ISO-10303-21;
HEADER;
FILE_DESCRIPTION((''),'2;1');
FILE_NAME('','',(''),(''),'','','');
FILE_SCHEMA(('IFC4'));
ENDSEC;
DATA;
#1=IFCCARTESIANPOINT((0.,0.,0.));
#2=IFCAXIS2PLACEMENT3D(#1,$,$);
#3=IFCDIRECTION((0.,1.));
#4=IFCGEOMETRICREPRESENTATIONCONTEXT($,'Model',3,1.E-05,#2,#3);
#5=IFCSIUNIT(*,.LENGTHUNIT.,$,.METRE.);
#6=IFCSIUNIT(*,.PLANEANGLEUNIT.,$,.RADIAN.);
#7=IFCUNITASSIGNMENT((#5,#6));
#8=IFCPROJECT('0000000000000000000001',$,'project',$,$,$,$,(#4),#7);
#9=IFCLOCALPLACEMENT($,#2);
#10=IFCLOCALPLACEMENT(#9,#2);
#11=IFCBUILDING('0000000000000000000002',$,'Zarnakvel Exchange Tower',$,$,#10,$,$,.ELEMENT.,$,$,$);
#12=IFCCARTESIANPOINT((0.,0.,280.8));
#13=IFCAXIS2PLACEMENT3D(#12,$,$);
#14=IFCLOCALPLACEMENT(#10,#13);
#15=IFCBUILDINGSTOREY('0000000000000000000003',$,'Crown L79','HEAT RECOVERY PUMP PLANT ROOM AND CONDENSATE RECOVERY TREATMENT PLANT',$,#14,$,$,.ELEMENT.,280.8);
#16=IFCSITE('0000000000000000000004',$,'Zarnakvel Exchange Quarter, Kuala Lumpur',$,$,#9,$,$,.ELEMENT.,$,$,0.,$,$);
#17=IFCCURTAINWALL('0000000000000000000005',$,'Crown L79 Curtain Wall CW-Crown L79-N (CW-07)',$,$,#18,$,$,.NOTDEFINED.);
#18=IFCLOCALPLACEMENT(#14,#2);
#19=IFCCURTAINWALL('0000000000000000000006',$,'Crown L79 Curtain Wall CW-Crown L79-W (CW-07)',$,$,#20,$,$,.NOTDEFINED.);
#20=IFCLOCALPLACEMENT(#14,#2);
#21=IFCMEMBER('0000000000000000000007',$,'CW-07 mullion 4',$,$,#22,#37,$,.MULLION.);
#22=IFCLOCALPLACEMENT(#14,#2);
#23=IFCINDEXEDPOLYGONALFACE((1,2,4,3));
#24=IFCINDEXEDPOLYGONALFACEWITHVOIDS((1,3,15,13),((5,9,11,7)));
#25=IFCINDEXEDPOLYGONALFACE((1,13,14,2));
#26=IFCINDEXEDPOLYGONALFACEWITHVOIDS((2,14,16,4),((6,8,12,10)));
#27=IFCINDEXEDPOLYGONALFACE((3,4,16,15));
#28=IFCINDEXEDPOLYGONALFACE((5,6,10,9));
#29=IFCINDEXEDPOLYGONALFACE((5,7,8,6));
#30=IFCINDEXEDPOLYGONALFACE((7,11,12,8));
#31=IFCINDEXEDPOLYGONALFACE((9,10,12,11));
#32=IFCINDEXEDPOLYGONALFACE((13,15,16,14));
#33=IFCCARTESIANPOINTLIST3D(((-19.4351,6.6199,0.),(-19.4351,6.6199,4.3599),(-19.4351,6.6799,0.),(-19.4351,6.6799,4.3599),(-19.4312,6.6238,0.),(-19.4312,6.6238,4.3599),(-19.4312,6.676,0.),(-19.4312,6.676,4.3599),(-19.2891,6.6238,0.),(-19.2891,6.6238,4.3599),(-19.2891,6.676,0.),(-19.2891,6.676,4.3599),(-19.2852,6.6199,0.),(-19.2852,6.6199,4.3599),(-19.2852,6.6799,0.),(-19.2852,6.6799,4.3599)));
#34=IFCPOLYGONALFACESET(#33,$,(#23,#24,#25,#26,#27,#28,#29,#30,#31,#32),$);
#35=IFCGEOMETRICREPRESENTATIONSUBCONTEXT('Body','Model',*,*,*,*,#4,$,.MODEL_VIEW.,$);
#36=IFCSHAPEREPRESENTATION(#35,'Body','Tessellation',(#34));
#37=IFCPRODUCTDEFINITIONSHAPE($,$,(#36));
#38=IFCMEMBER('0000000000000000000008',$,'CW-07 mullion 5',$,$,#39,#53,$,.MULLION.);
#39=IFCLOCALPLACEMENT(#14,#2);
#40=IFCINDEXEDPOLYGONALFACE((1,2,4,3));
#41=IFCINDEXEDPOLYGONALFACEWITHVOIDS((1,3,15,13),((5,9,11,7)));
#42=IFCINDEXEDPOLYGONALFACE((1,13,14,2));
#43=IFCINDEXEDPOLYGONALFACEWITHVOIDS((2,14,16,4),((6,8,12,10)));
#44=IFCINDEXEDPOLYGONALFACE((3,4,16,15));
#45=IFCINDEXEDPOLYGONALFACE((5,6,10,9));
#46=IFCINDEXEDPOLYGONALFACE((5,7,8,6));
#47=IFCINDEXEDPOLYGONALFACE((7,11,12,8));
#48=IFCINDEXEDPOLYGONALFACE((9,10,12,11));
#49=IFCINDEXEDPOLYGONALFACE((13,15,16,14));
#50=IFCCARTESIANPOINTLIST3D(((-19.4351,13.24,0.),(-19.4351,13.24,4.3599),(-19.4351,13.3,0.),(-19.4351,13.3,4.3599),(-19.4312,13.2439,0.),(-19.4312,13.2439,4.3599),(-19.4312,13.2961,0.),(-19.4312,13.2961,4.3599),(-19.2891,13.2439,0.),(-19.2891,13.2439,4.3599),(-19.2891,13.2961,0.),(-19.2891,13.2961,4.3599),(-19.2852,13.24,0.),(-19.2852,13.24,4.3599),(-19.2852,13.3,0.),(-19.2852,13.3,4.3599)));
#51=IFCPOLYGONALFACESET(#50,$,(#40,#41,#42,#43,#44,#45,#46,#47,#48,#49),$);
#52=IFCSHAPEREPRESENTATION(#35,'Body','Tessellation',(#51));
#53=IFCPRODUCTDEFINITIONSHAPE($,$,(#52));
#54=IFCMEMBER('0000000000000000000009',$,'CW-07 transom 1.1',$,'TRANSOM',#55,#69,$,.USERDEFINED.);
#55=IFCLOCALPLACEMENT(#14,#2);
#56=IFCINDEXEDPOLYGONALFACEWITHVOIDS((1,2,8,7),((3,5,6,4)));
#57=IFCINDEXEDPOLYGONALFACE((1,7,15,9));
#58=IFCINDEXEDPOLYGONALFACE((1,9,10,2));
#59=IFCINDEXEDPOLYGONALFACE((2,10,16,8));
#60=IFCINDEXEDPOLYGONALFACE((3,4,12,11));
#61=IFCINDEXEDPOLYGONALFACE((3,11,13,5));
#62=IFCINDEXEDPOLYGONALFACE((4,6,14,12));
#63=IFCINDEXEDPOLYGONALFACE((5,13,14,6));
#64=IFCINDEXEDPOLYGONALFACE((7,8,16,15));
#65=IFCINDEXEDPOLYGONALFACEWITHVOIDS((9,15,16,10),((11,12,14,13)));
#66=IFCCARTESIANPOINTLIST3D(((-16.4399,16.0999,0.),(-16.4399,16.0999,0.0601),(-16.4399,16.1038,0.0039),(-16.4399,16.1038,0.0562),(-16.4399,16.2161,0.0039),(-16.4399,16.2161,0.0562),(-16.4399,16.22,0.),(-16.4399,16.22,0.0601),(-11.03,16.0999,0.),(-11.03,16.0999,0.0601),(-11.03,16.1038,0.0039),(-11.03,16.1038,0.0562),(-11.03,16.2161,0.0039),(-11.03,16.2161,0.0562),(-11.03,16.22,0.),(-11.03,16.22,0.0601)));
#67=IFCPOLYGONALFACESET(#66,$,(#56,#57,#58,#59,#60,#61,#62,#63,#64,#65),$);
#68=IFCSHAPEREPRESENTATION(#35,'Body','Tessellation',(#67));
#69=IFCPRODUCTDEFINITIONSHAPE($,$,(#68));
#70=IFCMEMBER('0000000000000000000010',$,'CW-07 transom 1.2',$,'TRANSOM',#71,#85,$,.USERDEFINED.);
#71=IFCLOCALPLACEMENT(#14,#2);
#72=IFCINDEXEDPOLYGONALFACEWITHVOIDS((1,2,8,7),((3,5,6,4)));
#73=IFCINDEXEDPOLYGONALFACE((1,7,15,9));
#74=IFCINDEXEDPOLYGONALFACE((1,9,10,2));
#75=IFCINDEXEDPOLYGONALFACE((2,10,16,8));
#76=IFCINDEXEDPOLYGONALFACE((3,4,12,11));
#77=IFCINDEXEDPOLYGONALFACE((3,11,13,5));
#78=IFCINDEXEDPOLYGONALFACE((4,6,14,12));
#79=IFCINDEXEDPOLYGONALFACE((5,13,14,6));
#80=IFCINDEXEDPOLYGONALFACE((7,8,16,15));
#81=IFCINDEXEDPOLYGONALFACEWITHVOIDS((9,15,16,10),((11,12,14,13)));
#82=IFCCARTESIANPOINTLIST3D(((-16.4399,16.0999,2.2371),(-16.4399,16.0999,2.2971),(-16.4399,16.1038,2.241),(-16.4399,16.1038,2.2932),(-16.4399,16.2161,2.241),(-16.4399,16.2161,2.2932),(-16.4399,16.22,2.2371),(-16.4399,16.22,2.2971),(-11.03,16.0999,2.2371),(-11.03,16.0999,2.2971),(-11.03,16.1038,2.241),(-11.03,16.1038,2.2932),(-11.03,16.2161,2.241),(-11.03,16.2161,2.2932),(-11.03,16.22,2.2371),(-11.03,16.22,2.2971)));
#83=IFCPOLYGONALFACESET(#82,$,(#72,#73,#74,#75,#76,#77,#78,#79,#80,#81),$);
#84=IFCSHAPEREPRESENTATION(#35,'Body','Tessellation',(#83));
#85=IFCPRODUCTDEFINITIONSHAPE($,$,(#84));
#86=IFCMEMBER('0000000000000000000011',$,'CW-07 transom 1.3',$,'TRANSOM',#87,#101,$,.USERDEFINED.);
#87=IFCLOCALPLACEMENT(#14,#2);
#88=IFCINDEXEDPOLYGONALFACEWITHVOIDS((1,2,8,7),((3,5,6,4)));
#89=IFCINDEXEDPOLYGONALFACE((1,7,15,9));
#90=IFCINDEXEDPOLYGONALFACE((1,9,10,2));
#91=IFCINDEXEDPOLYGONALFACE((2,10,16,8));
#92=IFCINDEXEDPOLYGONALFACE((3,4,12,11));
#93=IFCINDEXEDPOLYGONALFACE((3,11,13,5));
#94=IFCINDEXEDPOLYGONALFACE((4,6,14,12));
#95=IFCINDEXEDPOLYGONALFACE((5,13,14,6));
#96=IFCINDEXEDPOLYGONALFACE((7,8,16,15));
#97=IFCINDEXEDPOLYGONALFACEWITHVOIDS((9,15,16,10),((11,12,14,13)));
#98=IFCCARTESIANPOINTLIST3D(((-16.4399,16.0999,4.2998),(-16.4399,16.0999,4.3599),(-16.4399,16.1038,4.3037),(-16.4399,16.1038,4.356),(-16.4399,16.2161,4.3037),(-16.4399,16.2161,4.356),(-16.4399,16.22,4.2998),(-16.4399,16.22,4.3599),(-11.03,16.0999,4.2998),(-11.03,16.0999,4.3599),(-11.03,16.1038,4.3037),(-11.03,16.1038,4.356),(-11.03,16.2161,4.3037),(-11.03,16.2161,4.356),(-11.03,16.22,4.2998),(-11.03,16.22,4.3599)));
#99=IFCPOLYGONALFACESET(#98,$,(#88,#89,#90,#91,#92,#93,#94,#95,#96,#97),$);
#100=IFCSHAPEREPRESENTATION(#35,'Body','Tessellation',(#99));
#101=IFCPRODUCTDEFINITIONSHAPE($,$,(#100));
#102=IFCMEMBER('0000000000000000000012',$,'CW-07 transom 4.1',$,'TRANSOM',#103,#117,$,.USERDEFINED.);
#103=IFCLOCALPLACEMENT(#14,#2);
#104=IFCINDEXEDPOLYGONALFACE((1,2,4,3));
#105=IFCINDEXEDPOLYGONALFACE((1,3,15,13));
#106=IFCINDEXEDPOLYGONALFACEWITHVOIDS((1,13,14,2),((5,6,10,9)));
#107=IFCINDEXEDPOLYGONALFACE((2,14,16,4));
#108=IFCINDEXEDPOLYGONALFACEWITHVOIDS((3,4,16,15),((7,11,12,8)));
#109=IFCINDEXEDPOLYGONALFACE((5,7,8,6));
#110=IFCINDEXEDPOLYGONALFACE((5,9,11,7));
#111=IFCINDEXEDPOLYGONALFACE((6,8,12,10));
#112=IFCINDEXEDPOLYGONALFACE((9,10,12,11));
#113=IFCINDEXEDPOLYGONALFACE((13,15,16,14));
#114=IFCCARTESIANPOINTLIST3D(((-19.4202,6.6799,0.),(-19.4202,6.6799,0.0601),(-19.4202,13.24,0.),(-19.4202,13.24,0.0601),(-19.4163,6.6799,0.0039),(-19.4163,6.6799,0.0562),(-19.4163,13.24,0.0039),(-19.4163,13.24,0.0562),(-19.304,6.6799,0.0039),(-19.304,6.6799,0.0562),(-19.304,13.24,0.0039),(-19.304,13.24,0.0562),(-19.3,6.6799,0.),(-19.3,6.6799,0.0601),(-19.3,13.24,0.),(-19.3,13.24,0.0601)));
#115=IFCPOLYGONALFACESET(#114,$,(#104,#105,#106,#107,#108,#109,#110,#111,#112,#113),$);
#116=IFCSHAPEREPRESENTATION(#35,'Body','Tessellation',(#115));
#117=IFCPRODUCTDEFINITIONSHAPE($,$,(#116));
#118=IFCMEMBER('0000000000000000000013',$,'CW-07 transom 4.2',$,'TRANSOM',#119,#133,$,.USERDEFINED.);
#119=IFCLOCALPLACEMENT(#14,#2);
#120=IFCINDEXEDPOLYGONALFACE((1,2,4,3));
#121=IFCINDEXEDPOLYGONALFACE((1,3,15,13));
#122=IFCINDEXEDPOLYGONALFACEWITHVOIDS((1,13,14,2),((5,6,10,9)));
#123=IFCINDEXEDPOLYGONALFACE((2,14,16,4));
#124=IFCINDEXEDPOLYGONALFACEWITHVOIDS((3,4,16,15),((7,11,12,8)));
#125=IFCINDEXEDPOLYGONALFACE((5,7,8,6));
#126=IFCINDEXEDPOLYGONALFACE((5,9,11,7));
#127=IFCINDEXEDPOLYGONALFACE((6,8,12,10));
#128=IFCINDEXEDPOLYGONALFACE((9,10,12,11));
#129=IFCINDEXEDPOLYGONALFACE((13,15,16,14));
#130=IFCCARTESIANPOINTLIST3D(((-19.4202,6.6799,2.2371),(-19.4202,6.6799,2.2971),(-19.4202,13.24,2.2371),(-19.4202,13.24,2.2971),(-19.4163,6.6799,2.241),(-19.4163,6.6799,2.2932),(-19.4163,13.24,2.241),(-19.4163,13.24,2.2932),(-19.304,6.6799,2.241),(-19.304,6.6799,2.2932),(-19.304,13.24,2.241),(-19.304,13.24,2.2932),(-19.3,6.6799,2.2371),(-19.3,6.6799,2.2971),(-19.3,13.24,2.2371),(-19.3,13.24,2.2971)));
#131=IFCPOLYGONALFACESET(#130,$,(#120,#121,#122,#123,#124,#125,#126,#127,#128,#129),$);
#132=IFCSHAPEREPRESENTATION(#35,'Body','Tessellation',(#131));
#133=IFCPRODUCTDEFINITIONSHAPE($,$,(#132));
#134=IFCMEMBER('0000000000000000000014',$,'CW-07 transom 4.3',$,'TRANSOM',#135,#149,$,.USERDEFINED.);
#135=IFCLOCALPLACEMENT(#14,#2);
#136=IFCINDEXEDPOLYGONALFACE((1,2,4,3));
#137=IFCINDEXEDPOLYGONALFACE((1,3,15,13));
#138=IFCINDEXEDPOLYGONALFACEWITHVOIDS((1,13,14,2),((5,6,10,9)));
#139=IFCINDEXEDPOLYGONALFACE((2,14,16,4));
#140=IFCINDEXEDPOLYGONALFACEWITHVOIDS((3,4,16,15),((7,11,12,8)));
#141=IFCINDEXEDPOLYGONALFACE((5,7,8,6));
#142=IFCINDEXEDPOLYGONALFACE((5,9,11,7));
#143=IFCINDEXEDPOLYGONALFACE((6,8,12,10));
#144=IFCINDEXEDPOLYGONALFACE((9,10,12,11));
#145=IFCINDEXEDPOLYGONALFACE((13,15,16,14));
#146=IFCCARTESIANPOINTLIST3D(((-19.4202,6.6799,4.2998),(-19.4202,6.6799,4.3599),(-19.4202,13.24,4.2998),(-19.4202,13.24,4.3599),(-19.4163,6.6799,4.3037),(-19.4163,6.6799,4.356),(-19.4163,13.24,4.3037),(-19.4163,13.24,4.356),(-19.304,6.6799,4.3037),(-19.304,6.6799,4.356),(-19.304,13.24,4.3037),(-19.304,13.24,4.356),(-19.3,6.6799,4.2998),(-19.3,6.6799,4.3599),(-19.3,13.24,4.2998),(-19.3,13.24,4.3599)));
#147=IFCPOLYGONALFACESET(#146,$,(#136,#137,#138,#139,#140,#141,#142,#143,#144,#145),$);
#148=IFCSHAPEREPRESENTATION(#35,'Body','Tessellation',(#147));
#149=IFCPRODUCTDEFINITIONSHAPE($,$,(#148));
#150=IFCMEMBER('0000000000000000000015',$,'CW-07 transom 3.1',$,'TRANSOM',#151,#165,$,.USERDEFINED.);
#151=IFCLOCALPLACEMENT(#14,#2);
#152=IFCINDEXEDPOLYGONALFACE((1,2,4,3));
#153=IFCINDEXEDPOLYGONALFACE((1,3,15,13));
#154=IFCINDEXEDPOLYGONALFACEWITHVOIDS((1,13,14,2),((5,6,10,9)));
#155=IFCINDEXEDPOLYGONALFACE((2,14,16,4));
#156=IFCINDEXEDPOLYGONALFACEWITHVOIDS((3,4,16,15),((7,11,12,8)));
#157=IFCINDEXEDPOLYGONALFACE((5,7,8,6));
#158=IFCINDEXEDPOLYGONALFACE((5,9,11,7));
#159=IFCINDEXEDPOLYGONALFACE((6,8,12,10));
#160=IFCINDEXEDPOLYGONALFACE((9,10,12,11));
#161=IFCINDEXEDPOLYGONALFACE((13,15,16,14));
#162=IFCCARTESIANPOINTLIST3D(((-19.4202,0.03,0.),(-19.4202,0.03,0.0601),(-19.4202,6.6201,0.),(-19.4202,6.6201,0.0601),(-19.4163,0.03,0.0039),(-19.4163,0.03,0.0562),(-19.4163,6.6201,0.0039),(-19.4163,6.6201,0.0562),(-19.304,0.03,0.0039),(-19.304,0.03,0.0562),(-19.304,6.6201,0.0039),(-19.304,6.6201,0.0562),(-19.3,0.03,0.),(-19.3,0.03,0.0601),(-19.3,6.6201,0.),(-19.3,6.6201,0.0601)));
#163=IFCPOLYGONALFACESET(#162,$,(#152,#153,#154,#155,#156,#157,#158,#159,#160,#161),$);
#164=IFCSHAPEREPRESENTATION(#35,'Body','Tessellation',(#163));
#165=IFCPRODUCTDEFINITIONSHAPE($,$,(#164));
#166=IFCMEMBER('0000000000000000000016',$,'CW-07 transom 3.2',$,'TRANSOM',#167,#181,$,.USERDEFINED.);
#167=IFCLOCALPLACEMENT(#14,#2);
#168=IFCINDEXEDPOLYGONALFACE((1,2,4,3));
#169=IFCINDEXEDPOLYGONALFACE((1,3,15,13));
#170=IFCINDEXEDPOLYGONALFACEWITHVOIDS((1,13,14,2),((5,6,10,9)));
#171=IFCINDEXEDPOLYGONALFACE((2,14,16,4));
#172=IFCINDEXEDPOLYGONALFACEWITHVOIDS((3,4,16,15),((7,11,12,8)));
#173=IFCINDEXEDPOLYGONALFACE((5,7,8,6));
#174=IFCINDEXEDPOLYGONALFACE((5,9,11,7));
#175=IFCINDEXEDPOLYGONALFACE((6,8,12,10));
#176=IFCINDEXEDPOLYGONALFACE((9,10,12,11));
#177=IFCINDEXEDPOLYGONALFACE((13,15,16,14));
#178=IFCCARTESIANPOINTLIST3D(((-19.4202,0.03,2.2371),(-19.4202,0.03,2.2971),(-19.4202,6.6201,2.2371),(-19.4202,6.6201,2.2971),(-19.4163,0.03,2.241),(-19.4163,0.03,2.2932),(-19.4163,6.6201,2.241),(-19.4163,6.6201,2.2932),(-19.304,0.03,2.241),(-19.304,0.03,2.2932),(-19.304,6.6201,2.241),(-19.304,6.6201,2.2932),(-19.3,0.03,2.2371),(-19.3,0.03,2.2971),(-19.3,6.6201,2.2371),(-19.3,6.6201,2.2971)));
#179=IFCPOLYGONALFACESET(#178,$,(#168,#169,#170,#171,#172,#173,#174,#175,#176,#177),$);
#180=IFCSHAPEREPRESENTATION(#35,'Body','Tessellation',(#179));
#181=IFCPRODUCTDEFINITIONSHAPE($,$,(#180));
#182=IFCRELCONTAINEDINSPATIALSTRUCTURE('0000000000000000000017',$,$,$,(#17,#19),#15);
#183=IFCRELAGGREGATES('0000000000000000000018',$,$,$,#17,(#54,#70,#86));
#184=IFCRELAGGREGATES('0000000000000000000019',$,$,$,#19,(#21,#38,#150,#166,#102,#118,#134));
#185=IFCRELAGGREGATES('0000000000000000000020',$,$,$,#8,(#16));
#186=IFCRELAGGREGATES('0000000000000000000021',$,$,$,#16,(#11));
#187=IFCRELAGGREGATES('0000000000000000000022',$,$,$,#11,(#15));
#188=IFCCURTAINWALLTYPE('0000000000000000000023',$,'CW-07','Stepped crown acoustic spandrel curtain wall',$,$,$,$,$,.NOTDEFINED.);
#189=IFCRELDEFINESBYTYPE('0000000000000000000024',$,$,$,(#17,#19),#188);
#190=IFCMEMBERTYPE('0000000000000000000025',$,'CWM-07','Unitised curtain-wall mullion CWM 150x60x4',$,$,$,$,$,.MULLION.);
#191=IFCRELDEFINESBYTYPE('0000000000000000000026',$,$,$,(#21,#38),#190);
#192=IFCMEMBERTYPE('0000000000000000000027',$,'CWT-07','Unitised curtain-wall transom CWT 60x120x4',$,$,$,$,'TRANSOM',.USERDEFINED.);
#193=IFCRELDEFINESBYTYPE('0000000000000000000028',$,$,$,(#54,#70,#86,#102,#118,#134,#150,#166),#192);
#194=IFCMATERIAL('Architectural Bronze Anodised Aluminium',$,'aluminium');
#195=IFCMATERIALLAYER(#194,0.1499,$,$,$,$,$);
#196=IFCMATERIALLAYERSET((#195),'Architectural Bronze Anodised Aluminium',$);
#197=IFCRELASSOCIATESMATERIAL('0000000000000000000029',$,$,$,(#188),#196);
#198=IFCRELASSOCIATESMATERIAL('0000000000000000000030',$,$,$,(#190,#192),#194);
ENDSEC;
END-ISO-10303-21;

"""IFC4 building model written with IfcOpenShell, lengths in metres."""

from ifc_helpers import new_model, si_unit, direction, frame, origin, origin_2d, place, context, subcontext, project, spatial, hollow_rectangle, extrude, source, transform, mapped, material, layer, layer_set, material_profile, profile_set, type_object, element, aggregate, save


model = new_model("IFC4")

# Units and contexts
model_context = context("Model", 3, precision=1e-05, world=origin(), true_north=direction((0.0, 1.0)))
body_context = subcontext(model_context, "Body", "Model", "MODEL_VIEW")
ifc_project = project(units=[si_unit("LENGTHUNIT", "METRE"), si_unit("PLANEANGLEUNIT", "RADIAN")], contexts=[model_context])

# Site, building, storey
site_placement = place(None, origin())
site = spatial("IfcSite", under=ifc_project, at=site_placement, Name="Zarnakvel Exchange Quarter, Kuala Lumpur", CompositionType="ELEMENT", RefElevation=0.0)
building_placement = place(site_placement, origin())
building = spatial("IfcBuilding", under=site, at=building_placement, Name="Zarnakvel Exchange Tower", CompositionType="ELEMENT")
storey_placement = place(building_placement, frame((0.0, 0.0, 280.8)))
storey = spatial("IfcBuildingStorey", under=building, at=storey_placement, Name="Crown L79", Description="HEAT RECOVERY PUMP PLANT ROOM AND CONDENSATE RECOVERY TREATMENT PLANT", CompositionType="ELEMENT", Elevation=280.8)

# Curtain wall
ifc_material_1 = material(Name="Architectural Bronze Anodised Aluminium", Category="aluminium")
ifc_layer_1 = layer(ifc_material_1, 0.1499)
ifc_layer_set_1 = layer_set([ifc_layer_1], Name="Architectural Bronze Anodised Aluminium")
curtain_wall_type = type_object("IfcCurtainWallType", Name="CW-07", Description="Stepped crown acoustic spandrel curtain wall", PredefinedType="NOTDEFINED", material=ifc_layer_set_1)
curtain_wall_1_placement = place(storey_placement, origin())
curtain_wall_1 = element("IfcCurtainWall", 1, at=curtain_wall_1_placement, inside=storey, type_object=curtain_wall_type, Name="Crown L79 Curtain Wall CW-Crown L79-N (CW-07)", PredefinedType="NOTDEFINED")
ifc_material_profile_1 = material_profile(ifc_material_1, hollow_rectangle(XDim=0.1499, YDim=0.0601, WallThickness=0.0039, at=origin_2d()))
ifc_profile_set_1 = profile_set([ifc_material_profile_1], Name="Architectural Bronze Anodised Aluminium")
member_type_1 = type_object("IfcMemberType", Name="CWM-07", Description="Unitised curtain-wall mullion CWM 150x60x4", PredefinedType="MULLION", material=ifc_profile_set_1)
shared_shape_1 = source(origin(), body_context, "Body", "SweptSolid", [
    extrude(hollow_rectangle(XDim=0.1499, YDim=0.0601, WallThickness=0.0039, at=origin_2d()), origin(), (0.0, 0.0, 1.0), 4.3599),
])

# Curtain wall, members
curtain_wall_2_placement = place(storey_placement, origin())
curtain_wall_2 = element("IfcCurtainWall", 2, at=curtain_wall_2_placement, inside=storey, type_object=curtain_wall_type, Name="Crown L79 Curtain Wall CW-Crown L79-W (CW-07)", PredefinedType="NOTDEFINED")
member_1_placement = place(storey_placement, frame((-19.3601, 6.6499, 0.0), z_axis=(0.0, 0.0, 1.0), x_axis=(-1.0, 0.0, 0.0)))
member_1 = element("IfcMember", 3, at=member_1_placement, type_object=member_type_1, Name="CW-07 mullion 4", PredefinedType="MULLION", context=body_context, shape_type="MappedRepresentation", body=[
    mapped(shared_shape_1, transform((0.0, 0.0, 0.0), x_axis=(1.0, 0.0, 0.0), y_axis=(0.0, 1.0, 0.0), z_axis=(0.0, 0.0, 1.0), scale=1.0)),
])
member_2_placement = place(storey_placement, frame((-19.3601, 13.27, 0.0), z_axis=(0.0, 0.0, 1.0), x_axis=(-1.0, 0.0, 0.0)))
member_2 = element("IfcMember", 4, at=member_2_placement, type_object=member_type_1, Name="CW-07 mullion 5", PredefinedType="MULLION", context=body_context, shape_type="MappedRepresentation", body=[
    mapped(shared_shape_1, transform((0.0, 0.0, 0.0), x_axis=(1.0, 0.0, 0.0), y_axis=(0.0, 1.0, 0.0), z_axis=(0.0, 0.0, 1.0), scale=1.0)),
])

# Members
ifc_material_profile_2 = material_profile(ifc_material_1, hollow_rectangle(XDim=0.1201, YDim=0.0601, WallThickness=0.0039, at=origin_2d()))
ifc_profile_set_2 = profile_set([ifc_material_profile_2], Name="Architectural Bronze Anodised Aluminium")
member_type_2 = type_object("IfcMemberType", Name="CWT-07", Description="Unitised curtain-wall transom CWT 60x120x4", ElementType="TRANSOM", PredefinedType="USERDEFINED", material=ifc_profile_set_2)
shared_shape_2 = source(origin(), body_context, "Body", "SweptSolid", [
    extrude(hollow_rectangle(XDim=0.1201, YDim=0.0601, WallThickness=0.0039, at=origin_2d()), origin(), (0.0, 0.0, 1.0), 5.4099),
])
member_3_placement = place(storey_placement, frame((-16.4399, 16.1599, 0.03), z_axis=(1.0, 0.0, 0.0), x_axis=(0.0, 1.0, 0.0)))
member_3 = element("IfcMember", 5, at=member_3_placement, type_object=member_type_2, Name="CW-07 transom 1.1", ObjectType="TRANSOM", PredefinedType="USERDEFINED", context=body_context, shape_type="MappedRepresentation", body=[
    mapped(shared_shape_2, transform((0.0, 0.0, 0.0), x_axis=(1.0, 0.0, 0.0), y_axis=(0.0, 1.0, 0.0), z_axis=(0.0, 0.0, 1.0), scale=1.0)),
])
member_4_placement = place(storey_placement, frame((-16.4399, 16.1599, 2.2671), z_axis=(1.0, 0.0, 0.0), x_axis=(0.0, 1.0, 0.0)))
member_4 = element("IfcMember", 6, at=member_4_placement, type_object=member_type_2, Name="CW-07 transom 1.2", ObjectType="TRANSOM", PredefinedType="USERDEFINED", context=body_context, shape_type="MappedRepresentation", body=[
    mapped(shared_shape_2, transform((0.0, 0.0, 0.0), x_axis=(1.0, 0.0, 0.0), y_axis=(0.0, 1.0, 0.0), z_axis=(0.0, 0.0, 1.0), scale=1.0)),
])
member_5_placement = place(storey_placement, frame((-16.4399, 16.1599, 4.3298), z_axis=(1.0, 0.0, 0.0), x_axis=(0.0, 1.0, 0.0)))
member_5 = element("IfcMember", 7, at=member_5_placement, type_object=member_type_2, Name="CW-07 transom 1.3", ObjectType="TRANSOM", PredefinedType="USERDEFINED", context=body_context, shape_type="MappedRepresentation", body=[
    mapped(shared_shape_2, transform((0.0, 0.0, 0.0), x_axis=(1.0, 0.0, 0.0), y_axis=(0.0, 1.0, 0.0), z_axis=(0.0, 0.0, 1.0), scale=1.0)),
])
shared_shape_3 = source(origin(), body_context, "Body", "SweptSolid", [
    extrude(hollow_rectangle(XDim=0.1201, YDim=0.0601, WallThickness=0.0039, at=origin_2d()), origin(), (0.0, 0.0, 1.0), 6.5601),
])
member_6_placement = place(storey_placement, frame((-19.3601, 6.6799, 0.03), z_axis=(0.0, 1.0, 0.0), x_axis=(-1.0, 0.0, 0.0)))
member_6 = element("IfcMember", 8, at=member_6_placement, type_object=member_type_2, Name="CW-07 transom 4.1", ObjectType="TRANSOM", PredefinedType="USERDEFINED", context=body_context, shape_type="MappedRepresentation", body=[
    mapped(shared_shape_3, transform((0.0, 0.0, 0.0), x_axis=(1.0, 0.0, 0.0), y_axis=(0.0, 1.0, 0.0), z_axis=(0.0, 0.0, 1.0), scale=1.0)),
])
member_7_placement = place(storey_placement, frame((-19.3601, 6.6799, 2.2671), z_axis=(0.0, 1.0, 0.0), x_axis=(-1.0, 0.0, 0.0)))
member_7 = element("IfcMember", 9, at=member_7_placement, type_object=member_type_2, Name="CW-07 transom 4.2", ObjectType="TRANSOM", PredefinedType="USERDEFINED", context=body_context, shape_type="MappedRepresentation", body=[
    mapped(shared_shape_3, transform((0.0, 0.0, 0.0), x_axis=(1.0, 0.0, 0.0), y_axis=(0.0, 1.0, 0.0), z_axis=(0.0, 0.0, 1.0), scale=1.0)),
])
member_8_placement = place(storey_placement, frame((-19.3601, 6.6799, 4.3298), z_axis=(0.0, 1.0, 0.0), x_axis=(-1.0, 0.0, 0.0)))
member_8 = element("IfcMember", 10, at=member_8_placement, type_object=member_type_2, Name="CW-07 transom 4.3", ObjectType="TRANSOM", PredefinedType="USERDEFINED", context=body_context, shape_type="MappedRepresentation", body=[
    mapped(shared_shape_3, transform((0.0, 0.0, 0.0), x_axis=(1.0, 0.0, 0.0), y_axis=(0.0, 1.0, 0.0), z_axis=(0.0, 0.0, 1.0), scale=1.0)),
])
shared_shape_4 = source(origin(), body_context, "Body", "SweptSolid", [
    extrude(hollow_rectangle(XDim=0.1201, YDim=0.0601, WallThickness=0.0039, at=origin_2d()), origin(), (0.0, 0.0, 1.0), 6.5901),
])
member_9_placement = place(storey_placement, frame((-19.3601, 0.03, 0.03), z_axis=(0.0, 1.0, 0.0), x_axis=(-1.0, 0.0, 0.0)))
member_9 = element("IfcMember", 11, at=member_9_placement, type_object=member_type_2, Name="CW-07 transom 3.1", ObjectType="TRANSOM", PredefinedType="USERDEFINED", context=body_context, shape_type="MappedRepresentation", body=[
    mapped(shared_shape_4, transform((0.0, 0.0, 0.0), x_axis=(1.0, 0.0, 0.0), y_axis=(0.0, 1.0, 0.0), z_axis=(0.0, 0.0, 1.0), scale=1.0)),
])
member_10_placement = place(storey_placement, frame((-19.3601, 0.03, 2.2671), z_axis=(0.0, 1.0, 0.0), x_axis=(-1.0, 0.0, 0.0)))
member_10 = element("IfcMember", 12, at=member_10_placement, type_object=member_type_2, Name="CW-07 transom 3.2", ObjectType="TRANSOM", PredefinedType="USERDEFINED", context=body_context, shape_type="MappedRepresentation", body=[
    mapped(shared_shape_4, transform((0.0, 0.0, 0.0), x_axis=(1.0, 0.0, 0.0), y_axis=(0.0, 1.0, 0.0), z_axis=(0.0, 0.0, 1.0), scale=1.0)),
])

aggregate(curtain_wall_1, [member_3, member_4, member_5])
aggregate(curtain_wall_2, [member_1, member_2, member_9, member_10, member_6, member_7, member_8])

save(model, "model.ifc")
